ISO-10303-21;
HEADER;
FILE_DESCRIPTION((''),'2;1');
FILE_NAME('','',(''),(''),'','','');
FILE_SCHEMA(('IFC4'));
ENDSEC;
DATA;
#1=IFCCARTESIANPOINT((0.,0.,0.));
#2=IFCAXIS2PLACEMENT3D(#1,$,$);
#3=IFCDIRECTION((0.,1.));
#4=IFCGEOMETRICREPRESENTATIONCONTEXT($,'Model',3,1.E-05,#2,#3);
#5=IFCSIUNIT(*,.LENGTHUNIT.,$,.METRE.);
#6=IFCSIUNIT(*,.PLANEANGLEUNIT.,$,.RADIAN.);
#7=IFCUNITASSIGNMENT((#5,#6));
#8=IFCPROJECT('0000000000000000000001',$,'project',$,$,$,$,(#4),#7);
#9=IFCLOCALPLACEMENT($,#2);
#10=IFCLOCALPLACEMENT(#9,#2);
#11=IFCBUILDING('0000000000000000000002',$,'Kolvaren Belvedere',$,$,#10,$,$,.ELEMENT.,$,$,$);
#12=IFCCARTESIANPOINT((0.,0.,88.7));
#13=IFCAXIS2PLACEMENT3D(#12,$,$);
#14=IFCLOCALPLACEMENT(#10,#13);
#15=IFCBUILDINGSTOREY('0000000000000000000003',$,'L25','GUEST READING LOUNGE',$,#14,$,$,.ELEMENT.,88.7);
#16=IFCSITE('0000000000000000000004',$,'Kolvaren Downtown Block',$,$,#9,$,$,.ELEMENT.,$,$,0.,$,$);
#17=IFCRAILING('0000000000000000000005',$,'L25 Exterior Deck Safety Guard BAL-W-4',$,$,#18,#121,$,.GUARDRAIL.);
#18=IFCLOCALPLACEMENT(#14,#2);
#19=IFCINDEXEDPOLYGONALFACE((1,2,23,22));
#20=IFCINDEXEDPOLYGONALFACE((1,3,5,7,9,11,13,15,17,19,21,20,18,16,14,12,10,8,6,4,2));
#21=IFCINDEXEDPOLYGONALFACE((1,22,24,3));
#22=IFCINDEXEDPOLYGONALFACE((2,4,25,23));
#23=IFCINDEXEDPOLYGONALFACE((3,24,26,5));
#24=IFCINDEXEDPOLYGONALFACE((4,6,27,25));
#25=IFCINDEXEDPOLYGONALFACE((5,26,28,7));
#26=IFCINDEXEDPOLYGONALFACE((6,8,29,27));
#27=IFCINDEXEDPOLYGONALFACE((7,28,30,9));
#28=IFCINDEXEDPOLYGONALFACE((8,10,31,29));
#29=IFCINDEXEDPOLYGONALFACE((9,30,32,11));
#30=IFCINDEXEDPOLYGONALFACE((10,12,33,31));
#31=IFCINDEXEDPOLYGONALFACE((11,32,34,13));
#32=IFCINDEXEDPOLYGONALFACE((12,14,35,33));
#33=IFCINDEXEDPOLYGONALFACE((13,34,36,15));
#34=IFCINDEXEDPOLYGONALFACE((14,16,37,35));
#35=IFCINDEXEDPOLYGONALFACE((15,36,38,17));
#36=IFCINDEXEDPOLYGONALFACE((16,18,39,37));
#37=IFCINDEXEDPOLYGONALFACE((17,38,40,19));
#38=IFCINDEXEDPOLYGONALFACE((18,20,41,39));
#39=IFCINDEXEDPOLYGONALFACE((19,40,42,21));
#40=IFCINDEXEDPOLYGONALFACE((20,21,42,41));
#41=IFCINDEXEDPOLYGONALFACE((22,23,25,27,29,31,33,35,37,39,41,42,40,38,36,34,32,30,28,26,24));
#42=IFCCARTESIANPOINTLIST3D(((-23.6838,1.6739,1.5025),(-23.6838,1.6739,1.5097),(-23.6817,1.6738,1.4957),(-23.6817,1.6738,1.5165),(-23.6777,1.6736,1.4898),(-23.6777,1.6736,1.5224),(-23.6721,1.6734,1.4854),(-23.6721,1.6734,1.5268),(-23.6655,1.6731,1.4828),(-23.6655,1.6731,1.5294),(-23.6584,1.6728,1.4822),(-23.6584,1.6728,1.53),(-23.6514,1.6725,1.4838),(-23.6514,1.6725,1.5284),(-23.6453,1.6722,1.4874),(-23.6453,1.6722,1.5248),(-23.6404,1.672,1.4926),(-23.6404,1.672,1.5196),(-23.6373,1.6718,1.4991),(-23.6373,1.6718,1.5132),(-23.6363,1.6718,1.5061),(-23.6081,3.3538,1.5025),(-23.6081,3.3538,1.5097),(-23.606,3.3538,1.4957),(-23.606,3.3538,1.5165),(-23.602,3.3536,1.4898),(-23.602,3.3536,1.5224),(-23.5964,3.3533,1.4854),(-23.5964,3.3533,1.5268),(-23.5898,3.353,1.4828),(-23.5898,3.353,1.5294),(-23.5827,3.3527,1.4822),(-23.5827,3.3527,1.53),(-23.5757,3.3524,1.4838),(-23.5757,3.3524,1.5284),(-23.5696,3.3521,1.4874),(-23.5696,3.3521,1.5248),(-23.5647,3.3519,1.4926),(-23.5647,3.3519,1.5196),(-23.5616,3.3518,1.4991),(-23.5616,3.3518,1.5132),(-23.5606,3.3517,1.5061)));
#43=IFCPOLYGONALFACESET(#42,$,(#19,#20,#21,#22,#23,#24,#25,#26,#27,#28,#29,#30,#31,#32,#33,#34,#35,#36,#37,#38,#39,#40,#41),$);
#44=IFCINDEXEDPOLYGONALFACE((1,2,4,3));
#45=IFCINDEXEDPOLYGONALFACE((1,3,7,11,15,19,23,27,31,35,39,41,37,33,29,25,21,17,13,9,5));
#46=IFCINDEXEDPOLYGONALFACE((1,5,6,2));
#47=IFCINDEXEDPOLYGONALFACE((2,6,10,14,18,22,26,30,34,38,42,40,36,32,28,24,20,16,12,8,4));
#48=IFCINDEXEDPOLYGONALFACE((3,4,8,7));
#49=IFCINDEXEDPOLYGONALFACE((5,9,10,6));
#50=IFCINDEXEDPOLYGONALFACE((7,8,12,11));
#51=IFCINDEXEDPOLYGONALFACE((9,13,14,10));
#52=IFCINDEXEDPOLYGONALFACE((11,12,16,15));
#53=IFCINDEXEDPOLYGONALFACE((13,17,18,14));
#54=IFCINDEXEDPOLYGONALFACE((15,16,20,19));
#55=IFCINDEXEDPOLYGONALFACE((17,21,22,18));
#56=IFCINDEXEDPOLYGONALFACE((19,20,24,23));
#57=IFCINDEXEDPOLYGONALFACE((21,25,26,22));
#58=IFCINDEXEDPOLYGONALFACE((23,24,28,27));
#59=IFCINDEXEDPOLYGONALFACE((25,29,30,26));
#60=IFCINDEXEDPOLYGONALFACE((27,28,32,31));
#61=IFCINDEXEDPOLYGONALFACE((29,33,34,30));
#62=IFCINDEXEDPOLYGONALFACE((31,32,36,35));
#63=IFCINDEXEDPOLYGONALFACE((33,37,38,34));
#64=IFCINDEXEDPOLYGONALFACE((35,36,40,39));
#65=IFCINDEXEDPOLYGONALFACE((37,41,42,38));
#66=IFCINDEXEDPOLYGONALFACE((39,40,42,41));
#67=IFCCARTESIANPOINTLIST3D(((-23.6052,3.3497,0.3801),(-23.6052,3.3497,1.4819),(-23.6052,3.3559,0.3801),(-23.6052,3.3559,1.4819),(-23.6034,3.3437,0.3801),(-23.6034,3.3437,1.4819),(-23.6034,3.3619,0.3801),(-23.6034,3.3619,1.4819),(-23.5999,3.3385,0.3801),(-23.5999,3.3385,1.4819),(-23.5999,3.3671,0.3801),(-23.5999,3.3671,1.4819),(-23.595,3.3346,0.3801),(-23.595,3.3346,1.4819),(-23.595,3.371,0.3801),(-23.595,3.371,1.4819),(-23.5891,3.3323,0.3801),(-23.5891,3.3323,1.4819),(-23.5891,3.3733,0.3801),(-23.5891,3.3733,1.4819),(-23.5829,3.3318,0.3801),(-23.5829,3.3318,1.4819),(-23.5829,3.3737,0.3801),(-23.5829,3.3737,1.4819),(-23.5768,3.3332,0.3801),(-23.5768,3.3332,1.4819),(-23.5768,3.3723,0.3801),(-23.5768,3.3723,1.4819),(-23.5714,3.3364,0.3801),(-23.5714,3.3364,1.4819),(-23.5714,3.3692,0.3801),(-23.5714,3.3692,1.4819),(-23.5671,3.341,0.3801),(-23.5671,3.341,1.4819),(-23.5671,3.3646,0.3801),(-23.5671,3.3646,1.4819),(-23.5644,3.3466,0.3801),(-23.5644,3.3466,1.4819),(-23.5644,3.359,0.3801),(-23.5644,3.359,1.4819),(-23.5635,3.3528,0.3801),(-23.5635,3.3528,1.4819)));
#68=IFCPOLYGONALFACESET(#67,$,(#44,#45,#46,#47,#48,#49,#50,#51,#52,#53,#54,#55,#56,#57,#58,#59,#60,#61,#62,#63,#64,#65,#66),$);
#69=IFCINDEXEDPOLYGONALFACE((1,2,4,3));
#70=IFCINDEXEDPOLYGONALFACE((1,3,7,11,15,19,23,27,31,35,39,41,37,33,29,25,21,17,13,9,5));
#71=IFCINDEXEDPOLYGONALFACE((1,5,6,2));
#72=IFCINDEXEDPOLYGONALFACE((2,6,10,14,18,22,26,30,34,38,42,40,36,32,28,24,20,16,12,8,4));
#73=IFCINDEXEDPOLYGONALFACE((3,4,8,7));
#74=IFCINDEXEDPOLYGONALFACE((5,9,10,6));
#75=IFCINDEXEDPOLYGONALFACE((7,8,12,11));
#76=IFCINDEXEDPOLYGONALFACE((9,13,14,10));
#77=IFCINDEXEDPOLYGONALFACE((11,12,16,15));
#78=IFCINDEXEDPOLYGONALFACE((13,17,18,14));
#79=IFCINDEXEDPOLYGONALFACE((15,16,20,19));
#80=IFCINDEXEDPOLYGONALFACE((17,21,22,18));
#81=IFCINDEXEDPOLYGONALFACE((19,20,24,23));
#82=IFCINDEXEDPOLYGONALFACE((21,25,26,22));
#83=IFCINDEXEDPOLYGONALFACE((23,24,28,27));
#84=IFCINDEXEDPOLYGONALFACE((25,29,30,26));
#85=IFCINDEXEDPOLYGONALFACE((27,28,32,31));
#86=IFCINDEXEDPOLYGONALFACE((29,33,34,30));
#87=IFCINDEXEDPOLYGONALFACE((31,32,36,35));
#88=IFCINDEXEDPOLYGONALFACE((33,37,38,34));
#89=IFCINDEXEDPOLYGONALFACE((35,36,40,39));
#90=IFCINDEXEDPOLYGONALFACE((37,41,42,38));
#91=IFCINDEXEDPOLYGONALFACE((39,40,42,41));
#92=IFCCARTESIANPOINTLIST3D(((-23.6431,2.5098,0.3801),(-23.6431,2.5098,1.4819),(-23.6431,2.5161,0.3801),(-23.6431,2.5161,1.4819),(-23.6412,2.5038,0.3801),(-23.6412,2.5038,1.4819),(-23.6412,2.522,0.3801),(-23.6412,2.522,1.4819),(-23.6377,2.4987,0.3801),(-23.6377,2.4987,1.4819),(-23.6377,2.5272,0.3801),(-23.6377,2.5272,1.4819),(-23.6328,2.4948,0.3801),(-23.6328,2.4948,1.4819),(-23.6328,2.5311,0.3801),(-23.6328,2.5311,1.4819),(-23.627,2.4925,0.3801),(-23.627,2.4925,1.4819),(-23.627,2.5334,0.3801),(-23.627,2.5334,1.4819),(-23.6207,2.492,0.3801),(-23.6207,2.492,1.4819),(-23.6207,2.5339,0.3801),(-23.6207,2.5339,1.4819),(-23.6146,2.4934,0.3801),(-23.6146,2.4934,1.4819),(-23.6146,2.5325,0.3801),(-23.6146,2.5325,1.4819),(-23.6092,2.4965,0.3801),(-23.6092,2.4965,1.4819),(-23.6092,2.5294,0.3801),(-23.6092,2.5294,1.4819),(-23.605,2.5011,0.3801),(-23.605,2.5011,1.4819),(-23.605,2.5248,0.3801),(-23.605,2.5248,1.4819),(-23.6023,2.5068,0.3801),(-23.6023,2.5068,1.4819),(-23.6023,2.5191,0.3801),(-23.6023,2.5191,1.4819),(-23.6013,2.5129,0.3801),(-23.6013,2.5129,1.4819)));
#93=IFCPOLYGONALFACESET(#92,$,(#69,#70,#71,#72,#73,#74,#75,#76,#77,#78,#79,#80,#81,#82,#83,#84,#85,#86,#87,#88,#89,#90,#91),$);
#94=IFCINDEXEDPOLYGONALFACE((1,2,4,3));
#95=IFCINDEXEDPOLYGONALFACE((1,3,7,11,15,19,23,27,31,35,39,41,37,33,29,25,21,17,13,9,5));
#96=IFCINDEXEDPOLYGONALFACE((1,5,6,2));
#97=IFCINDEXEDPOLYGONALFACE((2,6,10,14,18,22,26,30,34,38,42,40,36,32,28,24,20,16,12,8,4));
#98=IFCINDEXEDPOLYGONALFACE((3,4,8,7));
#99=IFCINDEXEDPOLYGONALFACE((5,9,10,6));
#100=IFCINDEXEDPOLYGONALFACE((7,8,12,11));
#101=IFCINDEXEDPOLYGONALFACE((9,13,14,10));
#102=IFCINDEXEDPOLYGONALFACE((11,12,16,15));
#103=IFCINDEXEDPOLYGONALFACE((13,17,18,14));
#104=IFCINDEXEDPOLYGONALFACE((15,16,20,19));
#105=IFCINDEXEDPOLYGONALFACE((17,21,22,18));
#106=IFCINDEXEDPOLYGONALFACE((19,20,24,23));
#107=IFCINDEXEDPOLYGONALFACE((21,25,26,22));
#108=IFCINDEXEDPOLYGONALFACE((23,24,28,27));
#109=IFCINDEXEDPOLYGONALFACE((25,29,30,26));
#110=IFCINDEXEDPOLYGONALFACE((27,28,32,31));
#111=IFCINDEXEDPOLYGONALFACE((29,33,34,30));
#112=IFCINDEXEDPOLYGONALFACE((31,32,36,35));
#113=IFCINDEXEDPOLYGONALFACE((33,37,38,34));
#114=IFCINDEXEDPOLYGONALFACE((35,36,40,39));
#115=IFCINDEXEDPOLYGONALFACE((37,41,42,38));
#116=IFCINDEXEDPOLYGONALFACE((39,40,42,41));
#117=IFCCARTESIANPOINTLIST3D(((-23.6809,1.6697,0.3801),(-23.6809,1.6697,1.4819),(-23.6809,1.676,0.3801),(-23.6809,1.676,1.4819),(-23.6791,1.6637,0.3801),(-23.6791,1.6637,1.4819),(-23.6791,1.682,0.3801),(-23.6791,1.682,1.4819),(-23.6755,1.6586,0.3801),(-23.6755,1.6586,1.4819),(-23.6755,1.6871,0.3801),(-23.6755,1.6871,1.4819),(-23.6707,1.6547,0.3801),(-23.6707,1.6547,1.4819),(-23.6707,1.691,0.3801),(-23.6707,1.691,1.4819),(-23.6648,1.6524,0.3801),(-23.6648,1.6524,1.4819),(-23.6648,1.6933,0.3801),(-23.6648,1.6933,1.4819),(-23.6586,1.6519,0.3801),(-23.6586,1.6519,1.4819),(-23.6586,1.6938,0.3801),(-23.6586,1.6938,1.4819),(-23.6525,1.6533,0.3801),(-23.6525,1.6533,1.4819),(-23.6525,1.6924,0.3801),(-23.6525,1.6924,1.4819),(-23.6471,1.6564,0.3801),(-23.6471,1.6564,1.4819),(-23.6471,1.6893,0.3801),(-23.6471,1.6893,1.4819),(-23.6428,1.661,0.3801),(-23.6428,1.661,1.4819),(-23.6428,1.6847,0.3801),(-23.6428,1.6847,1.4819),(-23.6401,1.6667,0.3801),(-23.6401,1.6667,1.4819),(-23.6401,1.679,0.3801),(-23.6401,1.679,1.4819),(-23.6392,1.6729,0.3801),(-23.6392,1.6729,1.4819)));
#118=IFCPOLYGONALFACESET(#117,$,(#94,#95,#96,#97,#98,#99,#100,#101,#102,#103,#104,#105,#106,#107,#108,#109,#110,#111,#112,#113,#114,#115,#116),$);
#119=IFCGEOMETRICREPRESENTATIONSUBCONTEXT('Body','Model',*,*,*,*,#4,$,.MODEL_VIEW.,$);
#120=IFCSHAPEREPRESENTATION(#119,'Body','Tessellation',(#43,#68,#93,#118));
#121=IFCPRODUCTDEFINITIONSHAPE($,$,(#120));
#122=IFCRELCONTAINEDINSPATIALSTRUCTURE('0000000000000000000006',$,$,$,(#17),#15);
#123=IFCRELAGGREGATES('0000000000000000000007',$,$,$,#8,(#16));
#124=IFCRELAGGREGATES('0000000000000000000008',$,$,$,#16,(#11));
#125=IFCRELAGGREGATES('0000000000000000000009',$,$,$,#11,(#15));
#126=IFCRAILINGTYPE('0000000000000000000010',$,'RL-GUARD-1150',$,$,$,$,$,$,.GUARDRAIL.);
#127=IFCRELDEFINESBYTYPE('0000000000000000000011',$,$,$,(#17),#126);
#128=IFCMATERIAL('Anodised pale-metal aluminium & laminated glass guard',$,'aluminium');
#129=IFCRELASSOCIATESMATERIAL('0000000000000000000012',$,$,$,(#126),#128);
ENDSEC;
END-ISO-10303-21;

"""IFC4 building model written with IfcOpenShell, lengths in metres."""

from ifc_helpers import new_model, si_unit, direction, frame, origin, origin_2d, place, context, subcontext, project, spatial, circle, extrude, material, type_object, element, save


model = new_model("IFC4")

# Units and contexts
model_context = context("Model", 3, precision=1e-05, world=origin(), true_north=direction((0.0, 1.0)))
body_context = subcontext(model_context, "Body", "Model", "MODEL_VIEW")
ifc_project = project(units=[si_unit("LENGTHUNIT", "METRE"), si_unit("PLANEANGLEUNIT", "RADIAN")], contexts=[model_context])

# Site, building, storey
site_placement = place(None, origin())
site = spatial("IfcSite", under=ifc_project, at=site_placement, Name="Kolvaren Downtown Block", CompositionType="ELEMENT", RefElevation=0.0)
building_placement = place(site_placement, origin())
building = spatial("IfcBuilding", under=site, at=building_placement, Name="Kolvaren Belvedere", CompositionType="ELEMENT")
storey_placement = place(building_placement, frame((0.0, 0.0, 88.7)))
storey = spatial("IfcBuildingStorey", under=building, at=storey_placement, Name="L25", Description="GUEST READING LOUNGE", CompositionType="ELEMENT", Elevation=88.7)

# Railing
ifc_material_1 = material(Name="Anodised pale-metal aluminium & laminated glass guard", Category="aluminium")
railing_type = type_object("IfcRailingType", Name="RL-GUARD-1150", PredefinedType="GUARDRAIL", material=ifc_material_1)
railing_1_placement = place(storey_placement, frame((-23.5845, 3.3528, 0.3801)))
element("IfcRailing", 1, at=railing_1_placement, inside=storey, type_object=railing_type, Name="L25 Exterior Deck Safety Guard BAL-W-4", PredefinedType="GUARDRAIL", context=body_context, shape_type="SweptSolid", body=[
    extrude(circle(Radius=0.0239, at=origin_2d()), frame((0.0, 0.0, 1.126), z_axis=(-0.045006, -0.998987, 0.0), x_axis=(0.998987, -0.045006, 0.0)), (0.0, 0.0, 1.0), 1.6816),
    extrude(circle(Radius=0.021, at=origin_2d()), origin(), (0.0, 0.0, 1.0), 1.1018),
    extrude(circle(Radius=0.021, at=origin_2d()), frame((-0.0378, -0.8398, 0.0)), (0.0, 0.0, 1.0), 1.1018),
    extrude(circle(Radius=0.021, at=origin_2d()), frame((-0.0757, -1.6799, 0.0)), (0.0, 0.0, 1.0), 1.1018),
])

save(model, "model.ifc")
